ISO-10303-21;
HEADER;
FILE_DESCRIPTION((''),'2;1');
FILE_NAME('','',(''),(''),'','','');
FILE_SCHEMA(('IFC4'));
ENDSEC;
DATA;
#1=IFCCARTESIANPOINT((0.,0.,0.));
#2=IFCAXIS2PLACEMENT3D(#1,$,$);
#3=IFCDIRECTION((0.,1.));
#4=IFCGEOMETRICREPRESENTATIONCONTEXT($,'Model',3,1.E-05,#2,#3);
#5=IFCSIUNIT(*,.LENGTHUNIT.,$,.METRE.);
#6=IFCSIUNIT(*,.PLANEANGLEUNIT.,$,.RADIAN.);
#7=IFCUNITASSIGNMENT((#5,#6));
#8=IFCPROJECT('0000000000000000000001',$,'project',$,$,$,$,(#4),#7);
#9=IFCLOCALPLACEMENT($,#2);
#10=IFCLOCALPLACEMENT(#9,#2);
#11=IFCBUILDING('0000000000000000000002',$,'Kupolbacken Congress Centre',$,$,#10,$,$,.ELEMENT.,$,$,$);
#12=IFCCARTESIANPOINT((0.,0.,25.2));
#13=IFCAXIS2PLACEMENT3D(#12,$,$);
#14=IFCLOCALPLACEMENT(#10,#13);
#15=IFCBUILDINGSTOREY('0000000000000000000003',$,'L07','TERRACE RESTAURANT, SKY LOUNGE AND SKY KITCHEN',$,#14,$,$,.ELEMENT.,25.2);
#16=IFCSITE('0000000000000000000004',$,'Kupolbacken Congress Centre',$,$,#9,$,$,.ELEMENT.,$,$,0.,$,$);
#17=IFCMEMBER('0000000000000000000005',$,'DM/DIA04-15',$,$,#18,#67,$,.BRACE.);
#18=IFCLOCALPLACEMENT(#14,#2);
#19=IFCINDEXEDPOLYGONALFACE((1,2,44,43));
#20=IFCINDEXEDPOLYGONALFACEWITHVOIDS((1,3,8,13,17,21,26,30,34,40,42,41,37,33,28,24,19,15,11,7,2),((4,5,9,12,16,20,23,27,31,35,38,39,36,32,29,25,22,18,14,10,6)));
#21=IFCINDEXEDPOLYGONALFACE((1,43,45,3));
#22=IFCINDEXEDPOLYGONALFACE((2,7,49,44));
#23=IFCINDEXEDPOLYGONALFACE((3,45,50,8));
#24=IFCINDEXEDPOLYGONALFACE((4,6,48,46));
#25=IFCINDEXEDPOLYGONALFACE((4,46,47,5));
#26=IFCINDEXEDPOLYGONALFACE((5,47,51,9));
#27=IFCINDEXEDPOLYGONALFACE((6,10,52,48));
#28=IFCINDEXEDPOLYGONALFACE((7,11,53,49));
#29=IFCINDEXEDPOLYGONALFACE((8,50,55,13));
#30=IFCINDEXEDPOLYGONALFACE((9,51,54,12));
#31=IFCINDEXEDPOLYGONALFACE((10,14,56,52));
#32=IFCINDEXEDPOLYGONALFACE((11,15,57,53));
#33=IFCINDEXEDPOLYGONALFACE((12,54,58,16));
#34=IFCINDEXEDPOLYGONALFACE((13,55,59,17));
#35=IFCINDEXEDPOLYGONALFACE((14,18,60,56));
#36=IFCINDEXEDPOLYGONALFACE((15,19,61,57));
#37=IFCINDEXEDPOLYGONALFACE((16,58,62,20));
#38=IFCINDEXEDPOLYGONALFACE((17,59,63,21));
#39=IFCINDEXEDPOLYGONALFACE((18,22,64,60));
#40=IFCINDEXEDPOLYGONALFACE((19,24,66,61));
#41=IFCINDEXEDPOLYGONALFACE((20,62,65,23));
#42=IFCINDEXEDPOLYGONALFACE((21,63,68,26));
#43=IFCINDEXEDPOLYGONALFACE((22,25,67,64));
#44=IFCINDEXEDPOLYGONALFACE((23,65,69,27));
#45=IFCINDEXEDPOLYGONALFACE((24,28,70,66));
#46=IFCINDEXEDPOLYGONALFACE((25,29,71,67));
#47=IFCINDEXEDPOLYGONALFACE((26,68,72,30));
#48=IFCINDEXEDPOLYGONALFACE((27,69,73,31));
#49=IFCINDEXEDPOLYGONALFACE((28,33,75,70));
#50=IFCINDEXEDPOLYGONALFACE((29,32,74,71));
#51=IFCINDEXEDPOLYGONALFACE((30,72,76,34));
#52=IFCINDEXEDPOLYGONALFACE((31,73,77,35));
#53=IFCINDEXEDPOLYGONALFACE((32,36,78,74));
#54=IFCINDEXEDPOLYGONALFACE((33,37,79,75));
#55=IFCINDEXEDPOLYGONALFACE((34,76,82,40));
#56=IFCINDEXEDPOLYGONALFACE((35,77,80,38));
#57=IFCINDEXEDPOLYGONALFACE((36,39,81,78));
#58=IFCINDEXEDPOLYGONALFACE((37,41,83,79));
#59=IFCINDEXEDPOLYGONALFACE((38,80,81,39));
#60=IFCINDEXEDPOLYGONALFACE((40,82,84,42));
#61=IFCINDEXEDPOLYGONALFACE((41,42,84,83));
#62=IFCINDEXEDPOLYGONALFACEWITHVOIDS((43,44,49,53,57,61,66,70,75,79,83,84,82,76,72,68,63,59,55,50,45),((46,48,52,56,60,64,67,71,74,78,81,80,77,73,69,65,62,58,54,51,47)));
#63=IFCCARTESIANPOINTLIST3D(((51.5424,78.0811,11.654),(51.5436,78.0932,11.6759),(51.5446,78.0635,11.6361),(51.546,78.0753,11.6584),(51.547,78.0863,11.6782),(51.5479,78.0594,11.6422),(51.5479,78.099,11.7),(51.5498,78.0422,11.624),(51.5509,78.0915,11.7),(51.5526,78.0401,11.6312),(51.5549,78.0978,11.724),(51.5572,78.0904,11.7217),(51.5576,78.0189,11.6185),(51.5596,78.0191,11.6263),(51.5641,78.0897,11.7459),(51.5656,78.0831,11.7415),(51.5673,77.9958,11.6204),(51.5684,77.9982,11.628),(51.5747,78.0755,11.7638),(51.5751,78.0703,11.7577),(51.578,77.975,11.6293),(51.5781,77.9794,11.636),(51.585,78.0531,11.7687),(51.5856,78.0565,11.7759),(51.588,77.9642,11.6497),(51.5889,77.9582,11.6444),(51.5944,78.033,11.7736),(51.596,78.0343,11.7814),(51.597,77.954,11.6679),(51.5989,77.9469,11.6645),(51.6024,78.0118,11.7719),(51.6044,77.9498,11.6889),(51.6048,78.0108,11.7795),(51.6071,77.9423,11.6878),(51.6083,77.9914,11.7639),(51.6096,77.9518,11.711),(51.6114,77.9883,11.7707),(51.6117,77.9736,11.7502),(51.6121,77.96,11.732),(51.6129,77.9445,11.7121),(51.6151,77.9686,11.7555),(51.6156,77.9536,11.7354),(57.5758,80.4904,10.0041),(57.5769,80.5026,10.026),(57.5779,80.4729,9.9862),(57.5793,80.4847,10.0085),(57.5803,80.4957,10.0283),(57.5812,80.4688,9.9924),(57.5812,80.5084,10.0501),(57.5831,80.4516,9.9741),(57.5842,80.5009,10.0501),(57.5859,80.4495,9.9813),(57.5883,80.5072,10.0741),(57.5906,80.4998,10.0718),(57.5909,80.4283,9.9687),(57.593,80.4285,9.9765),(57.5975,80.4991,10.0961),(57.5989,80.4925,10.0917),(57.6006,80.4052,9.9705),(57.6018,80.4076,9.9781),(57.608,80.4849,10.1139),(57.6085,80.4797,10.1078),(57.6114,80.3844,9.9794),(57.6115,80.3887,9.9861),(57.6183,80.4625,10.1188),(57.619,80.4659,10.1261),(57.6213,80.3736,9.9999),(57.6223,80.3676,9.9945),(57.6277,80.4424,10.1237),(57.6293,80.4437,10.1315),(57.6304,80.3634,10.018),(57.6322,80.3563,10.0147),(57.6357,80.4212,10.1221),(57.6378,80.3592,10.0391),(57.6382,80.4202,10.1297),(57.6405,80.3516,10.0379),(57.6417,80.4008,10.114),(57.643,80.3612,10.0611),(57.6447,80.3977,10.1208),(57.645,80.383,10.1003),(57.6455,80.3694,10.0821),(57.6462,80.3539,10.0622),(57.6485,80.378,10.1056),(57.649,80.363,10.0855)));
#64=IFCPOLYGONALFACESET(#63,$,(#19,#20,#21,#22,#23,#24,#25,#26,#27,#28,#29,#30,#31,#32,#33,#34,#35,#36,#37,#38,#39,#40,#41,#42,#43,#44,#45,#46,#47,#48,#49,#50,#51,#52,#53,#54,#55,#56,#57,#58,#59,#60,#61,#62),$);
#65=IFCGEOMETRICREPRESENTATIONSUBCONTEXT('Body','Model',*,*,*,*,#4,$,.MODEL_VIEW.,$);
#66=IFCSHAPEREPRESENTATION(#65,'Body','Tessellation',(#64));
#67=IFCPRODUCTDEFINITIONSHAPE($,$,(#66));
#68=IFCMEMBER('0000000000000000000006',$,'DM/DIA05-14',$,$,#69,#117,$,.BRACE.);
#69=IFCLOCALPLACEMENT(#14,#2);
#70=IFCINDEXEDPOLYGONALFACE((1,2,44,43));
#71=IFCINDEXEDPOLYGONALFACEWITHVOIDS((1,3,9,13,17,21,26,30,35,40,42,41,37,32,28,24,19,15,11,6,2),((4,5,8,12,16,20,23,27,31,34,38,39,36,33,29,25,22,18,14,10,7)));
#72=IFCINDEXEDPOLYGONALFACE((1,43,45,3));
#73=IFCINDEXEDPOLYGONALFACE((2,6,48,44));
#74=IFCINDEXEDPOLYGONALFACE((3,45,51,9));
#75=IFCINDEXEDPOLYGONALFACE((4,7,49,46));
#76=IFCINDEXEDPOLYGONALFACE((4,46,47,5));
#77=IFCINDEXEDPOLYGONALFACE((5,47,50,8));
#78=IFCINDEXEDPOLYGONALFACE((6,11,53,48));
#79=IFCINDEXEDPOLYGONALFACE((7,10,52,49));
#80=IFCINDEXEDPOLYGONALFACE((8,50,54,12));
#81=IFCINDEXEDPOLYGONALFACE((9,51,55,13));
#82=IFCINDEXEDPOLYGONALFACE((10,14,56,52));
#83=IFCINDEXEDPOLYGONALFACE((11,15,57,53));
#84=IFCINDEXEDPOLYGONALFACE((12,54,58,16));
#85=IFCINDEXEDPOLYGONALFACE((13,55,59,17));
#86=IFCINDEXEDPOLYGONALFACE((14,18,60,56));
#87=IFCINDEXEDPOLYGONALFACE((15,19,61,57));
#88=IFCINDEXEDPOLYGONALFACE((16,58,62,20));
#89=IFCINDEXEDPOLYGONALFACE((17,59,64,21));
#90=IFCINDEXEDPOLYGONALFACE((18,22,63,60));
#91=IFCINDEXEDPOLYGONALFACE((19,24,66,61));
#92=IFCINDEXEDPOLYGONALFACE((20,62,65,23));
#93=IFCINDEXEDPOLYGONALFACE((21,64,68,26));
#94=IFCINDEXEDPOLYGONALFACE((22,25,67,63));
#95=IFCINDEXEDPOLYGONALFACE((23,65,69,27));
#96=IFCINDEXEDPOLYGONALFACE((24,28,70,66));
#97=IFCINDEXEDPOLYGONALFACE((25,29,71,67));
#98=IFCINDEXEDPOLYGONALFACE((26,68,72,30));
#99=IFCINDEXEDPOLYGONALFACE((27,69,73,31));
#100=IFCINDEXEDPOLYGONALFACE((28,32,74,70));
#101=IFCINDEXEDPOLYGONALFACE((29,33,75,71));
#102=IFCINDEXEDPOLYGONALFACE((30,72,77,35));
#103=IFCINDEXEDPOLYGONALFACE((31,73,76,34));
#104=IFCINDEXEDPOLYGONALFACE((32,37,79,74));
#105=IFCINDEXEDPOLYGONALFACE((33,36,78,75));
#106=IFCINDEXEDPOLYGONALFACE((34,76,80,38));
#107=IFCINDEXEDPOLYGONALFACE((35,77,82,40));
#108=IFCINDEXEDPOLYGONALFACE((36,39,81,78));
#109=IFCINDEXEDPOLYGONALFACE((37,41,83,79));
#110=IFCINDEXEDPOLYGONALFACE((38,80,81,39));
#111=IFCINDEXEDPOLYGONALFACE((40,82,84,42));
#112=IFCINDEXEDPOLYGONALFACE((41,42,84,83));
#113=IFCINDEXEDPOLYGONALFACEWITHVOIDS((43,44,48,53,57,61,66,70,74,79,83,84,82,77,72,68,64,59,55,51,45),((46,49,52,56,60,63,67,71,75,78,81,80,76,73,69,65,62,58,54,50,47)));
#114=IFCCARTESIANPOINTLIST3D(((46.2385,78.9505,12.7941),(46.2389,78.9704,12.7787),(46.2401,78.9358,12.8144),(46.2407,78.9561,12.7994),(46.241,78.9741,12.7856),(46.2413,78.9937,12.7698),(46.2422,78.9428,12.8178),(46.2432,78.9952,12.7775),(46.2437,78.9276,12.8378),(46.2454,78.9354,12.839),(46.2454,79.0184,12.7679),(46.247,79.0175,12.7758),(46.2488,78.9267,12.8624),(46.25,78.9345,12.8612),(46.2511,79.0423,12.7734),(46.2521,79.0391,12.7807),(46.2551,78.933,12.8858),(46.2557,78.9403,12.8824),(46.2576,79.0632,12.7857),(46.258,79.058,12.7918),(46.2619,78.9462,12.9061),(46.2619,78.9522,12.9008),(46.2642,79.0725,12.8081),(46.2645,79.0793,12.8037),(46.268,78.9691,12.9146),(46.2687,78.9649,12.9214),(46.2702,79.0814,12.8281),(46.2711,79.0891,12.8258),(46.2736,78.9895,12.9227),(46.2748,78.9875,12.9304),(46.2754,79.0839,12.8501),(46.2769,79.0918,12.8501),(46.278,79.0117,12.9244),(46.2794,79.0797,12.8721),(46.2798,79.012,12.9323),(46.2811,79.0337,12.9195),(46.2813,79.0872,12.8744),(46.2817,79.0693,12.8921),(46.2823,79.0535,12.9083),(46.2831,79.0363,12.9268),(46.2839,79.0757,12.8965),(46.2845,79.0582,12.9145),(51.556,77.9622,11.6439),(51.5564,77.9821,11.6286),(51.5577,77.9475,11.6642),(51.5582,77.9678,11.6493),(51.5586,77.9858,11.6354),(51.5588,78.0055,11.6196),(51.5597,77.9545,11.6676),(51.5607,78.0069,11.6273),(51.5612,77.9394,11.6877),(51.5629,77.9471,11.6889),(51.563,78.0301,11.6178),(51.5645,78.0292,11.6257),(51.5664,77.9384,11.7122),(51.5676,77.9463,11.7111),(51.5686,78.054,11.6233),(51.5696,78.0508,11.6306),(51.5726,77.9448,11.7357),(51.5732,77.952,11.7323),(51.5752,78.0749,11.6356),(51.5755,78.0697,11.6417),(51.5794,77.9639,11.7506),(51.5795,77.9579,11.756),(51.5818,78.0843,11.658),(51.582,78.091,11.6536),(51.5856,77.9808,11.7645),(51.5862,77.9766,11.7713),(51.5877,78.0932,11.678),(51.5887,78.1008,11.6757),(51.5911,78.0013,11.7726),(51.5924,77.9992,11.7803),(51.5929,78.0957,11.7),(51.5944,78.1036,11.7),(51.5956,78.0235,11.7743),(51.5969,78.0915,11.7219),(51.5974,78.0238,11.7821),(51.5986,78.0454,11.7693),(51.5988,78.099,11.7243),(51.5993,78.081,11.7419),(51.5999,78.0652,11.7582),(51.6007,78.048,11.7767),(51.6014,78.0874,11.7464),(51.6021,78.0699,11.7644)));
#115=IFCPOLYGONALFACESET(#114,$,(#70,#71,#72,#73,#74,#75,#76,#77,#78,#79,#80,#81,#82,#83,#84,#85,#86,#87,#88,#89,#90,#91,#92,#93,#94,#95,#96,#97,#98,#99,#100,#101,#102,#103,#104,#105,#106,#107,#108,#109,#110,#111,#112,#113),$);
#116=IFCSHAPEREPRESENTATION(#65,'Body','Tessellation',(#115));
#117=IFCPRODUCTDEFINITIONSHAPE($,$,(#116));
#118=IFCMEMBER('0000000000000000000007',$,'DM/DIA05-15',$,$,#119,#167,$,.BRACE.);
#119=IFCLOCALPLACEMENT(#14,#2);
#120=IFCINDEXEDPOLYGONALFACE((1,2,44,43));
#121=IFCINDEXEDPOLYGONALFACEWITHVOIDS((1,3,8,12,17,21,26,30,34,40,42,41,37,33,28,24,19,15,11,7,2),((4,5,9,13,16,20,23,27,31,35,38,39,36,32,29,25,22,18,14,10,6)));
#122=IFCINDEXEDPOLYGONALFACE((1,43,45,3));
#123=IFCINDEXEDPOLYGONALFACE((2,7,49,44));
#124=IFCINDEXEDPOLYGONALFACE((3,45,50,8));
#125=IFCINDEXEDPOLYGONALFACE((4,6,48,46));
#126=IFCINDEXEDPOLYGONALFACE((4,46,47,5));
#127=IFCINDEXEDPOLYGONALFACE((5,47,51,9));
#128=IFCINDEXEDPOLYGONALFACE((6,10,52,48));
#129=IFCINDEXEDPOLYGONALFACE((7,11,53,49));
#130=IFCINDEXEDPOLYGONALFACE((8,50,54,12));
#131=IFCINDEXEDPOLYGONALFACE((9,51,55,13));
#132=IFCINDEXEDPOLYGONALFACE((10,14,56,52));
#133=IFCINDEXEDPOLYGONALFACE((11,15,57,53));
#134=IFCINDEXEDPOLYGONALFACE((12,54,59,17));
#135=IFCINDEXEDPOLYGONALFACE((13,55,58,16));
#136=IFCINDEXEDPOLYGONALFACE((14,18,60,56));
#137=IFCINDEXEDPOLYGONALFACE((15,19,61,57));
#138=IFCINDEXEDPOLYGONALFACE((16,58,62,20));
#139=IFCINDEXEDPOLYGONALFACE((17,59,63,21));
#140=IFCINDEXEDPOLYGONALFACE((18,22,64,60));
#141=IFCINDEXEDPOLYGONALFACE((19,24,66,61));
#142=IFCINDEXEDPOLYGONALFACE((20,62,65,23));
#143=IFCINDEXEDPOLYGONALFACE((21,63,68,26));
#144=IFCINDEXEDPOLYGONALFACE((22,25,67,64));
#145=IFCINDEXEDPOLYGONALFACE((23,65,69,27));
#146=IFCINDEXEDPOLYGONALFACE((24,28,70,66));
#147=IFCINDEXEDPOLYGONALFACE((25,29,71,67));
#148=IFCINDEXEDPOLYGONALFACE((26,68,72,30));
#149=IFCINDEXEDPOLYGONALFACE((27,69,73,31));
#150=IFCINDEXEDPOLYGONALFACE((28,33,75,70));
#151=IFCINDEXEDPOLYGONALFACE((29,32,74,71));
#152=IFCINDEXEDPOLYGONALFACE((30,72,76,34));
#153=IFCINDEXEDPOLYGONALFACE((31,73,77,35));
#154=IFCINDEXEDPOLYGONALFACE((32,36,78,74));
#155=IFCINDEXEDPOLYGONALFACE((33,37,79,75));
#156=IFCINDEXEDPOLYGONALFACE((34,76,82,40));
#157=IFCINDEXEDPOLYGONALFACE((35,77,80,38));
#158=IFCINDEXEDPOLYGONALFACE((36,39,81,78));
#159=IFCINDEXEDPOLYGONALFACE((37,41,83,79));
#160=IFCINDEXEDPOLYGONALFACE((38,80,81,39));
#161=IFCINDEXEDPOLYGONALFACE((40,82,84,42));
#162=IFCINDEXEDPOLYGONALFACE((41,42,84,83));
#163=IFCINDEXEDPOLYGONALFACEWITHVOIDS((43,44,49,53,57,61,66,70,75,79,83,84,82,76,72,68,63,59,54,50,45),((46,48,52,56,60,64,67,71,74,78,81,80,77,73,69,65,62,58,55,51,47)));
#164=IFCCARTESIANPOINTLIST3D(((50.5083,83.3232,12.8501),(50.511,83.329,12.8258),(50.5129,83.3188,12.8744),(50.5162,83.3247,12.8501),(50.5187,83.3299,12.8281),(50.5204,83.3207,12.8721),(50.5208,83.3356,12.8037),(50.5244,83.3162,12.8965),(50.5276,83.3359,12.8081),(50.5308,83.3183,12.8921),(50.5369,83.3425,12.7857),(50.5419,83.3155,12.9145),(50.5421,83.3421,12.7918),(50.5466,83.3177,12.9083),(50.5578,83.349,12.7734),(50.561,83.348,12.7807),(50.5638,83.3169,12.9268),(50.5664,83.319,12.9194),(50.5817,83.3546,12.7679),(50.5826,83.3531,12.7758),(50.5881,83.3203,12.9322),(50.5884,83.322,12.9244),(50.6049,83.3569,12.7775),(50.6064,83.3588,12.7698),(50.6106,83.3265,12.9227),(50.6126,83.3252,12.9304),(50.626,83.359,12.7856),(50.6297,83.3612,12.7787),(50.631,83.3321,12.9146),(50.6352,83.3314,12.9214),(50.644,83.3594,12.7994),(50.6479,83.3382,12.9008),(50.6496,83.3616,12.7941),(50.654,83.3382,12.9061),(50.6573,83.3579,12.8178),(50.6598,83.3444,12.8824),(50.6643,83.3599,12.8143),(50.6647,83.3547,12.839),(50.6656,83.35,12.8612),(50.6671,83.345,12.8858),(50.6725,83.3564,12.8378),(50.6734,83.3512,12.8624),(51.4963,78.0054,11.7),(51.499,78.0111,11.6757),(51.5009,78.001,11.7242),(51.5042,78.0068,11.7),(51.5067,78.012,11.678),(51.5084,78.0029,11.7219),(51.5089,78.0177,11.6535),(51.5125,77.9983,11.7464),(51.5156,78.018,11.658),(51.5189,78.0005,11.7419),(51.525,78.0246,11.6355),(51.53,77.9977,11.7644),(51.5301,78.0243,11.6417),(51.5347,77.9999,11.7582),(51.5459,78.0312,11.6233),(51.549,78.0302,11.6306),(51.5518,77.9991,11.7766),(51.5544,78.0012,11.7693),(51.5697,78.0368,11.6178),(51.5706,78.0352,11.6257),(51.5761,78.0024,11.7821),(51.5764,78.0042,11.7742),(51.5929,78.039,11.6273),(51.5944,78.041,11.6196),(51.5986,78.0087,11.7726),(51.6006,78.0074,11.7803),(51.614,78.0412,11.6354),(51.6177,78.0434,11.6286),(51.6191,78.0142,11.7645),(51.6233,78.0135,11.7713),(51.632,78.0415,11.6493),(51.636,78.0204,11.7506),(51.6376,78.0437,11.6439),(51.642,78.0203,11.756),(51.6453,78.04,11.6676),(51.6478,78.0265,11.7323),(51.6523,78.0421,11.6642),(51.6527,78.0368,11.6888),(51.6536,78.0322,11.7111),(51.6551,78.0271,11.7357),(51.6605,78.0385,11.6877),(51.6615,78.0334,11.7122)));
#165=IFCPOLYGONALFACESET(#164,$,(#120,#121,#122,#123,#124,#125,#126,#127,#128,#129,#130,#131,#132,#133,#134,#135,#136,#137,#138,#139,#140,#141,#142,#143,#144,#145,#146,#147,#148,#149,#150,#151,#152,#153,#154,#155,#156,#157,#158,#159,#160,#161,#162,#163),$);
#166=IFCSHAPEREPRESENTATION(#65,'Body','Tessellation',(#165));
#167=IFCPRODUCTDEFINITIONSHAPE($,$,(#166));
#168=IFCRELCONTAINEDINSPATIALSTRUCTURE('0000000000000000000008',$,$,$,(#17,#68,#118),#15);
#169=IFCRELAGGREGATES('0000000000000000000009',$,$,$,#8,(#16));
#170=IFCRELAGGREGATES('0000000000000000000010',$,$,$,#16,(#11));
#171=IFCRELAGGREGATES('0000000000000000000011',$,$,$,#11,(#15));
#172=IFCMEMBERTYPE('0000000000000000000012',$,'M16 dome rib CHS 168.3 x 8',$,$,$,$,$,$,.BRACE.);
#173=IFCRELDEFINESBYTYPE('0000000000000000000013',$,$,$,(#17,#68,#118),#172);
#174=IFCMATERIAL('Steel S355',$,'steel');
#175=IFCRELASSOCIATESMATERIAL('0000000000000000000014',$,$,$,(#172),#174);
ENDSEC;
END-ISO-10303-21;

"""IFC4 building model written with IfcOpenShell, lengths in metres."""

from ifc_helpers import new_model, si_unit, direction, frame, origin, origin_2d, place, context, subcontext, project, spatial, hollow_circle, extrude, material, material_profile, profile_set, type_object, element, save


model = new_model("IFC4")

# Units and contexts
model_context = context("Model", 3, precision=1e-05, world=origin(), true_north=direction((0.0, 1.0)))
body_context = subcontext(model_context, "Body", "Model", "MODEL_VIEW")
ifc_project = project(units=[si_unit("LENGTHUNIT", "METRE"), si_unit("PLANEANGLEUNIT", "RADIAN")], contexts=[model_context])

# Site, building, storey
site_placement = place(None, origin())
site = spatial("IfcSite", under=ifc_project, at=site_placement, Name="Kupolbacken Congress Centre", CompositionType="ELEMENT", RefElevation=0.0)
building_placement = place(site_placement, origin())
building = spatial("IfcBuilding", under=site, at=building_placement, Name="Kupolbacken Congress Centre", CompositionType="ELEMENT")
storey_placement = place(building_placement, frame((0.0, 0.0, 25.2)))
storey = spatial("IfcBuildingStorey", under=building, at=storey_placement, Name="L07", Description="TERRACE RESTAURANT, SKY LOUNGE AND SKY KITCHEN", CompositionType="ELEMENT", Elevation=25.2)

# Members
ifc_material_1 = material(Name="Steel S355", Category="steel")
ifc_material_profile_1 = material_profile(ifc_material_1, hollow_circle(Radius=0.0842, WallThickness=0.0081, at=origin_2d()), Name="CHS 168.3 x 8")
ifc_profile_set_1 = profile_set([ifc_material_profile_1], Name="Steel S355")
member_type_1 = type_object("IfcMemberType", Name="M16 dome rib CHS 168.3 x 8", PredefinedType="BRACE", material=ifc_profile_set_1)
member_1_placement = place(storey_placement, frame((51.5791, 78.0208, 11.7), z_axis=(0.900114, 0.359455, -0.246144), x_axis=(-0.370866, 0.928686, 0.0)))
element("IfcMember", 1, at=member_1_placement, inside=storey, type_object=member_type_1, Name="DM/DIA04-15", PredefinedType="BRACE", context=body_context, shape_type="SweptSolid", body=[
    extrude(hollow_circle(Radius=0.0842, WallThickness=0.0081, at=origin_2d()), origin(), (0.0, 0.0, 1.0), 6.7029),
])
member_2_placement = place(storey_placement, frame((46.2615, 79.009, 12.8501), z_axis=(0.961662, -0.178725, -0.207997), x_axis=(0.182721, 0.983165, 0.0)))
element("IfcMember", 2, at=member_2_placement, inside=storey, type_object=member_type_1, Name="DM/DIA05-14", PredefinedType="BRACE", context=body_context, shape_type="SweptSolid", body=[
    extrude(hollow_circle(Radius=0.0842, WallThickness=0.0081, at=origin_2d()), origin(), (0.0, 0.0, 1.0), 5.5295),
])
member_3_placement = place(storey_placement, frame((51.5791, 78.0208, 11.7), z_axis=(-0.178675, 0.961673, 0.20799), x_axis=(-0.983174, -0.182669, 0.0)))
element("IfcMember", 3, at=member_3_placement, inside=storey, type_object=member_type_1, Name="DM/DIA05-15", PredefinedType="BRACE", context=body_context, shape_type="SweptSolid", body=[
    extrude(hollow_circle(Radius=0.0842, WallThickness=0.0081, at=origin_2d()), origin(), (0.0, 0.0, 1.0), 5.5298),
])

save(model, "model.ifc")
